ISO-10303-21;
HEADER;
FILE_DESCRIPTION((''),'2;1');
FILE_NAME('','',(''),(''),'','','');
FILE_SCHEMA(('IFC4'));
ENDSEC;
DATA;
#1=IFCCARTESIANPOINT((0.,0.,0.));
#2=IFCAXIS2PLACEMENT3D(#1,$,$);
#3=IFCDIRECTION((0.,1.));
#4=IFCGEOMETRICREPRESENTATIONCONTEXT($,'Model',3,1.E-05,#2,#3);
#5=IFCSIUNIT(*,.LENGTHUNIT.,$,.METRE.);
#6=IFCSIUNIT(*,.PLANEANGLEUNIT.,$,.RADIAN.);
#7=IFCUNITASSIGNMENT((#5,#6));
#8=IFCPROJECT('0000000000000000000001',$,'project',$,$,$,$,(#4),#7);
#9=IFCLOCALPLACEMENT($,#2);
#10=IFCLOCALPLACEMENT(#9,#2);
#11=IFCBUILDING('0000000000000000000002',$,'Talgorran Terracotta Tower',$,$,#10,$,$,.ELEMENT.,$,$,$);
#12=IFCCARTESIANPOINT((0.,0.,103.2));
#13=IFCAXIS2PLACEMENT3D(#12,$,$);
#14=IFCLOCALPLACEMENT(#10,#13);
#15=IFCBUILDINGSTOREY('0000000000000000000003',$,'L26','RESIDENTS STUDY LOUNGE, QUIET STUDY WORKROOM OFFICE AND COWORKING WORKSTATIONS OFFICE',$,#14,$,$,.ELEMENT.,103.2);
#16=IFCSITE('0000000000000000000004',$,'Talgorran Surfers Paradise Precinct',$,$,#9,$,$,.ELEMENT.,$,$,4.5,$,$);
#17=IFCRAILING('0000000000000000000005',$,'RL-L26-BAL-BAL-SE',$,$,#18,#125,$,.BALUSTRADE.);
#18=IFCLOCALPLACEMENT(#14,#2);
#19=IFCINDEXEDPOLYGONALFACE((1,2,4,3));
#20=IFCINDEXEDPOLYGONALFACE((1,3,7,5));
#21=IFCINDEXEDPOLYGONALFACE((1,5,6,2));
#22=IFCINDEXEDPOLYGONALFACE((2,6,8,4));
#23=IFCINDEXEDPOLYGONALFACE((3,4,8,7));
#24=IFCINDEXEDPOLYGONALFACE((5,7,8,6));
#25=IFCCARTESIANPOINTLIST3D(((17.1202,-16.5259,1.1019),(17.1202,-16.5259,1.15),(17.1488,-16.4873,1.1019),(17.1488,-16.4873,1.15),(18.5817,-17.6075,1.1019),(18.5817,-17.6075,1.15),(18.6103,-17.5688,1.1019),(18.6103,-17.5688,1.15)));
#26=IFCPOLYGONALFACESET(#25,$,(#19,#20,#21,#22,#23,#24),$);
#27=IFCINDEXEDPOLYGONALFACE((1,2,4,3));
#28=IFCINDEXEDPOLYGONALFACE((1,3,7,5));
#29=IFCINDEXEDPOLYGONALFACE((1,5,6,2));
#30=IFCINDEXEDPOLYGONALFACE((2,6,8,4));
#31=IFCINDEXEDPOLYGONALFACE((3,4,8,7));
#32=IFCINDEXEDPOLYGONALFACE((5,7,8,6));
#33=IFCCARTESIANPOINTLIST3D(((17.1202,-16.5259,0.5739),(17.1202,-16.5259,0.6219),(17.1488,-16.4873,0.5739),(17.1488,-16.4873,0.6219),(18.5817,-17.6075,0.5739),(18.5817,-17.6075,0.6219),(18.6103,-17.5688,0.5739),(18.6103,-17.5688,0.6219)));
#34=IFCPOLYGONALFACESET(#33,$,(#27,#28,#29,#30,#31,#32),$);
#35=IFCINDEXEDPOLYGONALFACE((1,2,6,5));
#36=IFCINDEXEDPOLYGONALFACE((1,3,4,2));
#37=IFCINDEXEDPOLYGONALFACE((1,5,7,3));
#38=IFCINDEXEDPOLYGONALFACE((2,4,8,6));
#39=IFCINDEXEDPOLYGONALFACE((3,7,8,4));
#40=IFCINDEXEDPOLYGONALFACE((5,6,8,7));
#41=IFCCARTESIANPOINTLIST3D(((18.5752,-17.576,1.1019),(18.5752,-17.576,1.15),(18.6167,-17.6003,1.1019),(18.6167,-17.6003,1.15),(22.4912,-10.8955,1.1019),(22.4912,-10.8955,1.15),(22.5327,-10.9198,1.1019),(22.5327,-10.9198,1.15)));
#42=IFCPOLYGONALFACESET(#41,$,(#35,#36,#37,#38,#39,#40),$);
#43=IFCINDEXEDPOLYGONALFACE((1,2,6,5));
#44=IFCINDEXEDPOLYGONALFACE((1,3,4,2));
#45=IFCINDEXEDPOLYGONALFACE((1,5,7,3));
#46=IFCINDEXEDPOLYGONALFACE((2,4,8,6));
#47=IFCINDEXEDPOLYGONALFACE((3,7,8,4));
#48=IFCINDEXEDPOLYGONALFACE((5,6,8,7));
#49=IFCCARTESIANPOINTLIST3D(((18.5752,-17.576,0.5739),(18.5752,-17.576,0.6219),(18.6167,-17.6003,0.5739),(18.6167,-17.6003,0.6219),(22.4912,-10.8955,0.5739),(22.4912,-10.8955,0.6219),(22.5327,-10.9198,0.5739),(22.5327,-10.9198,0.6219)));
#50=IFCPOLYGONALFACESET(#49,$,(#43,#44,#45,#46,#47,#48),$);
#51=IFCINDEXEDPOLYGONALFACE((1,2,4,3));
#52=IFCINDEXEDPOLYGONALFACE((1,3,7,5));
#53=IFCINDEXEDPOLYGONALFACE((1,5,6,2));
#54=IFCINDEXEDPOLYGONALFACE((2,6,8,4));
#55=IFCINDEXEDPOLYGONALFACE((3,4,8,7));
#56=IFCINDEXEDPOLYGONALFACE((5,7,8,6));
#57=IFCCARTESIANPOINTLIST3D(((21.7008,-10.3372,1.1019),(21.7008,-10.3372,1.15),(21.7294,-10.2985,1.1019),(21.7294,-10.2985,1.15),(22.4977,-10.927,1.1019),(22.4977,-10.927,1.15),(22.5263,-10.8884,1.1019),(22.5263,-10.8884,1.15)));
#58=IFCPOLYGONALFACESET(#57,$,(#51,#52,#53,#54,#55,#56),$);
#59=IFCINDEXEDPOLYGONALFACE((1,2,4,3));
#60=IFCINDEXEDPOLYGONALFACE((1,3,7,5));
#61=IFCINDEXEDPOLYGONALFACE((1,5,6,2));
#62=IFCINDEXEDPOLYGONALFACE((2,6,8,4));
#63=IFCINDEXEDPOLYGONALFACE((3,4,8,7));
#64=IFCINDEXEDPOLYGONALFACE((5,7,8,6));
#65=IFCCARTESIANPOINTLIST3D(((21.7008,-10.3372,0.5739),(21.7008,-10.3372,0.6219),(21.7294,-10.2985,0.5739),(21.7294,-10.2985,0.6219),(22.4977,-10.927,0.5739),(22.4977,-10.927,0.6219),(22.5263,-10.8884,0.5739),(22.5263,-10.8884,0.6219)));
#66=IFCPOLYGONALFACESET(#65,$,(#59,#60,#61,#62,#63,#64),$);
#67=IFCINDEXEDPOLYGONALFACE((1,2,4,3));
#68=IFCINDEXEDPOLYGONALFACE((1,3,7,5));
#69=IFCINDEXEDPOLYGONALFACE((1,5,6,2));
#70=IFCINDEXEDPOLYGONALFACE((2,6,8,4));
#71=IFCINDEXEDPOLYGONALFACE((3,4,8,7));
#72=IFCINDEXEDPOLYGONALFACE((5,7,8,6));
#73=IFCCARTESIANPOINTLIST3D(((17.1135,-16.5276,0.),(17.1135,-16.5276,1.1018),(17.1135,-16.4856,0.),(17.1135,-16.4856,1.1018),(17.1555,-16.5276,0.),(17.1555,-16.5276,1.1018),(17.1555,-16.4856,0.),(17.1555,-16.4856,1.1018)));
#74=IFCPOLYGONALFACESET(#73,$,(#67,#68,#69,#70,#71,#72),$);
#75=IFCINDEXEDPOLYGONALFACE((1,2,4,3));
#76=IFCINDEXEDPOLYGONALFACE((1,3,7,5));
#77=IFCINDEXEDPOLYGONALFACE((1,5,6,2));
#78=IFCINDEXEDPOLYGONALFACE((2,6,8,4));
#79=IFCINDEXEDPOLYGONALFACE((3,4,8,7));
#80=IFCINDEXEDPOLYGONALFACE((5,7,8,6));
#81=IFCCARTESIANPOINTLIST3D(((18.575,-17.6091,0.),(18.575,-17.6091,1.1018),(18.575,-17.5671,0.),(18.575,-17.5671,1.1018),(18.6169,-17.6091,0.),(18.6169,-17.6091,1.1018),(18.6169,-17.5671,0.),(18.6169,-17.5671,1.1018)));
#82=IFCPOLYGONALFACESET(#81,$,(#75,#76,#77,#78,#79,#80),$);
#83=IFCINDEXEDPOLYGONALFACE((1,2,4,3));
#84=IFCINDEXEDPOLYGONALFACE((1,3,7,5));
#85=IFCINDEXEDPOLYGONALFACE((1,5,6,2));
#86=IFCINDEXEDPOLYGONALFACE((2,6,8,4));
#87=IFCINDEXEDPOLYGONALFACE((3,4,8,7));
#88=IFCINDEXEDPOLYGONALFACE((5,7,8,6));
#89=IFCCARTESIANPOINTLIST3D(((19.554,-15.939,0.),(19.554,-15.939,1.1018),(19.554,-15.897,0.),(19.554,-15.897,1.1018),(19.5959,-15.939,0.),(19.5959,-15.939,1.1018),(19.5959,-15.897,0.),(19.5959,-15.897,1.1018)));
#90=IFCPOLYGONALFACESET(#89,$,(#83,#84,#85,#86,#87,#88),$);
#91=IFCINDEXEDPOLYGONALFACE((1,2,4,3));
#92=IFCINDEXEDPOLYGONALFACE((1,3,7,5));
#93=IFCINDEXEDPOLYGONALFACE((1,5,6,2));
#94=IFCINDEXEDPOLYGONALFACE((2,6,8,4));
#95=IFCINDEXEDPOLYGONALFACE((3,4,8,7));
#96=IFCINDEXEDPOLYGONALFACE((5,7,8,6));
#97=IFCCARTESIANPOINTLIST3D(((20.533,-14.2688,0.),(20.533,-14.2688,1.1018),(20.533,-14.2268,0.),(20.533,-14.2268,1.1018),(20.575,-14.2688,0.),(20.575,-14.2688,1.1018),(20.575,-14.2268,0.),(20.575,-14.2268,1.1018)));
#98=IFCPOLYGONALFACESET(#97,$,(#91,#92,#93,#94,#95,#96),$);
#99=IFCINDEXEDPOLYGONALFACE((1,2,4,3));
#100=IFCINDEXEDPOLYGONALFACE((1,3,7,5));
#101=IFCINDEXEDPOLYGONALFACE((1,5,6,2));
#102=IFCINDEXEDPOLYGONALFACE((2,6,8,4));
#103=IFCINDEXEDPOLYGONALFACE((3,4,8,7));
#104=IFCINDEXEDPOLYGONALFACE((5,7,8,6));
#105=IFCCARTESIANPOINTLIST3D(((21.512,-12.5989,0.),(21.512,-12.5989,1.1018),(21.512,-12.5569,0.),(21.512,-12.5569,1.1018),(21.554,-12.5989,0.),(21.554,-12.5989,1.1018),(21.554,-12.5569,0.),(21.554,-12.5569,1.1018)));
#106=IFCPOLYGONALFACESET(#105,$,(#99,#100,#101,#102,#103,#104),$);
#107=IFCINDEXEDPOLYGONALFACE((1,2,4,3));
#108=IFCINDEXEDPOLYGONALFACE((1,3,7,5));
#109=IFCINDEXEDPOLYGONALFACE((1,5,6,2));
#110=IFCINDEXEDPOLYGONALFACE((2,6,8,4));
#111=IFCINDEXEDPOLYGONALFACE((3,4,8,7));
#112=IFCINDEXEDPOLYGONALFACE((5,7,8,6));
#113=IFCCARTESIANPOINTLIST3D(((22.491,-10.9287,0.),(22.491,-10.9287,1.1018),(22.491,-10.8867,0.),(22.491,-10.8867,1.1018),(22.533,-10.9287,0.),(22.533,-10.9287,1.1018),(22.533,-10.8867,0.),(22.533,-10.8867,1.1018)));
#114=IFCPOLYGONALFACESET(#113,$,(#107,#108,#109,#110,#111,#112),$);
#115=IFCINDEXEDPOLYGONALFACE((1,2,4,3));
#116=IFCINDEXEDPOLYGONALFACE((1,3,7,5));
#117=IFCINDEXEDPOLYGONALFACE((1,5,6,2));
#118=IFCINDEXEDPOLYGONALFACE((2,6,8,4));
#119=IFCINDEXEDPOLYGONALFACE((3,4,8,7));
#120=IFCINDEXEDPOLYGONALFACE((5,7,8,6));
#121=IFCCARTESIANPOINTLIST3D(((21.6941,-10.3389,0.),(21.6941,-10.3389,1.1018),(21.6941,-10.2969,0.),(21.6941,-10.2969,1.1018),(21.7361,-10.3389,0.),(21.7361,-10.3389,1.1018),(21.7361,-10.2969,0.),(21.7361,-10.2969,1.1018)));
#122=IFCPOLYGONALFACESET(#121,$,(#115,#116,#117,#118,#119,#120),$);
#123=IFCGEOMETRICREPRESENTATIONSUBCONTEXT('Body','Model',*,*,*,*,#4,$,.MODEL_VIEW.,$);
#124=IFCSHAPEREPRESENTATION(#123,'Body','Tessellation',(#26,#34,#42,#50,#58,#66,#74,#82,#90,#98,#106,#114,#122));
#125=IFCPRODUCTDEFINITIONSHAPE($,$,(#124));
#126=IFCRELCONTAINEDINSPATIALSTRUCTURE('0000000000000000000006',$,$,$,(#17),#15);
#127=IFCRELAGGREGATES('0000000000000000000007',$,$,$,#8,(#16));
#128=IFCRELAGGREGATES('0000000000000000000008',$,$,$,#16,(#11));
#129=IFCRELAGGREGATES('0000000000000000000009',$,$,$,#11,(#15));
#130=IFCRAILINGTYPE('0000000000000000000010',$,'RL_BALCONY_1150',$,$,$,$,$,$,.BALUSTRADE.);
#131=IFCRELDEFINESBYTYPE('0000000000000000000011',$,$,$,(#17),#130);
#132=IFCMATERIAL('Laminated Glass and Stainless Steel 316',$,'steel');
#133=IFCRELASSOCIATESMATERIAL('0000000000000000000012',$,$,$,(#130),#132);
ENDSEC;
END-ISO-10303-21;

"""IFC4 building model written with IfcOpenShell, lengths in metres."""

from ifc_helpers import new_model, si_unit, direction, frame, origin, origin_2d, place, context, subcontext, project, spatial, rectangle, extrude, material, type_object, element, save


model = new_model("IFC4")

# Units and contexts
model_context = context("Model", 3, precision=1e-05, world=origin(), true_north=direction((0.0, 1.0)))
body_context = subcontext(model_context, "Body", "Model", "MODEL_VIEW")
ifc_project = project(units=[si_unit("LENGTHUNIT", "METRE"), si_unit("PLANEANGLEUNIT", "RADIAN")], contexts=[model_context])

# Site, building, storey
site_placement = place(None, origin())
site = spatial("IfcSite", under=ifc_project, at=site_placement, Name="Talgorran Surfers Paradise Precinct", CompositionType="ELEMENT", RefElevation=4.5)
building_placement = place(site_placement, origin())
building = spatial("IfcBuilding", under=site, at=building_placement, Name="Talgorran Terracotta Tower", CompositionType="ELEMENT")
storey_placement = place(building_placement, frame((0.0, 0.0, 103.2)))
storey = spatial("IfcBuildingStorey", under=building, at=storey_placement, Name="L26", Description="RESIDENTS STUDY LOUNGE, QUIET STUDY WORKROOM OFFICE AND COWORKING WORKSTATIONS OFFICE", CompositionType="ELEMENT", Elevation=103.2)

# Railing
ifc_material_1 = material(Name="Laminated Glass and Stainless Steel 316", Category="steel")
railing_type = type_object("IfcRailingType", Name="RL_BALCONY_1150", PredefinedType="BALUSTRADE", material=ifc_material_1)
railing_placement = place(storey_placement, frame((17.1345, -16.5066, 0.0)))
element("IfcRailing", 1, at=railing_placement, inside=storey, type_object=railing_type, Name="RL-L26-BAL-BAL-SE", PredefinedType="BALUSTRADE", context=body_context, shape_type="SweptSolid", body=[
    extrude(rectangle(XDim=0.0481, YDim=0.0481, at=origin_2d()), frame((0.0, 0.0, 1.126), z_axis=(0.803819, -0.594874, 0.0), x_axis=(0.594874, 0.803819, 0.0)), (0.0, 0.0, 1.0), 1.8181),
    extrude(rectangle(XDim=0.0481, YDim=0.0481, at=origin_2d()), frame((0.0, 0.0, 0.5979), z_axis=(0.803819, -0.594874, 0.0), x_axis=(0.594874, 0.803819, 0.0)), (0.0, 0.0, 1.0), 1.8181),
    extrude(rectangle(XDim=0.0481, YDim=0.0481, at=origin_2d()), frame((1.4614, -1.0815, 1.126), z_axis=(0.505711, 0.862703, 0.0), x_axis=(-0.862703, 0.505711, 0.0)), (0.0, 0.0, 1.0), 7.7437),
    extrude(rectangle(XDim=0.0481, YDim=0.0481, at=origin_2d()), frame((1.4614, -1.0815, 0.5979), z_axis=(0.505711, 0.862703, 0.0), x_axis=(-0.862703, 0.505711, 0.0)), (0.0, 0.0, 1.0), 7.7437),
    extrude(rectangle(XDim=0.0481, YDim=0.0481, at=origin_2d()), frame((5.3774, 5.5989, 1.126), z_axis=(-0.803767, 0.594945, 0.0), x_axis=(-0.594945, -0.803767, 0.0)), (0.0, 0.0, 1.0), 0.9915),
    extrude(rectangle(XDim=0.0481, YDim=0.0481, at=origin_2d()), frame((5.3774, 5.5989, 0.5979), z_axis=(-0.803767, 0.594945, 0.0), x_axis=(-0.594945, -0.803767, 0.0)), (0.0, 0.0, 1.0), 0.9915),
    extrude(rectangle(XDim=0.042, YDim=0.042, at=origin_2d()), origin(), (0.0, 0.0, 1.0), 1.1018),
    extrude(rectangle(XDim=0.042, YDim=0.042, at=origin_2d()), frame((1.4614, -1.0815, 0.0)), (0.0, 0.0, 1.0), 1.1018),
    extrude(rectangle(XDim=0.042, YDim=0.042, at=origin_2d()), frame((2.4404, 0.5886, 0.0)), (0.0, 0.0, 1.0), 1.1018),
    extrude(rectangle(XDim=0.042, YDim=0.042, at=origin_2d()), frame((3.4194, 2.2588, 0.0)), (0.0, 0.0, 1.0), 1.1018),
    extrude(rectangle(XDim=0.042, YDim=0.042, at=origin_2d()), frame((4.3984, 3.9287, 0.0)), (0.0, 0.0, 1.0), 1.1018),
    extrude(rectangle(XDim=0.042, YDim=0.042, at=origin_2d()), frame((5.3774, 5.5989, 0.0)), (0.0, 0.0, 1.0), 1.1018),
    extrude(rectangle(XDim=0.042, YDim=0.042, at=origin_2d()), frame((4.5806, 6.1887, 0.0)), (0.0, 0.0, 1.0), 1.1018),
])

save(model, "model.ifc")
